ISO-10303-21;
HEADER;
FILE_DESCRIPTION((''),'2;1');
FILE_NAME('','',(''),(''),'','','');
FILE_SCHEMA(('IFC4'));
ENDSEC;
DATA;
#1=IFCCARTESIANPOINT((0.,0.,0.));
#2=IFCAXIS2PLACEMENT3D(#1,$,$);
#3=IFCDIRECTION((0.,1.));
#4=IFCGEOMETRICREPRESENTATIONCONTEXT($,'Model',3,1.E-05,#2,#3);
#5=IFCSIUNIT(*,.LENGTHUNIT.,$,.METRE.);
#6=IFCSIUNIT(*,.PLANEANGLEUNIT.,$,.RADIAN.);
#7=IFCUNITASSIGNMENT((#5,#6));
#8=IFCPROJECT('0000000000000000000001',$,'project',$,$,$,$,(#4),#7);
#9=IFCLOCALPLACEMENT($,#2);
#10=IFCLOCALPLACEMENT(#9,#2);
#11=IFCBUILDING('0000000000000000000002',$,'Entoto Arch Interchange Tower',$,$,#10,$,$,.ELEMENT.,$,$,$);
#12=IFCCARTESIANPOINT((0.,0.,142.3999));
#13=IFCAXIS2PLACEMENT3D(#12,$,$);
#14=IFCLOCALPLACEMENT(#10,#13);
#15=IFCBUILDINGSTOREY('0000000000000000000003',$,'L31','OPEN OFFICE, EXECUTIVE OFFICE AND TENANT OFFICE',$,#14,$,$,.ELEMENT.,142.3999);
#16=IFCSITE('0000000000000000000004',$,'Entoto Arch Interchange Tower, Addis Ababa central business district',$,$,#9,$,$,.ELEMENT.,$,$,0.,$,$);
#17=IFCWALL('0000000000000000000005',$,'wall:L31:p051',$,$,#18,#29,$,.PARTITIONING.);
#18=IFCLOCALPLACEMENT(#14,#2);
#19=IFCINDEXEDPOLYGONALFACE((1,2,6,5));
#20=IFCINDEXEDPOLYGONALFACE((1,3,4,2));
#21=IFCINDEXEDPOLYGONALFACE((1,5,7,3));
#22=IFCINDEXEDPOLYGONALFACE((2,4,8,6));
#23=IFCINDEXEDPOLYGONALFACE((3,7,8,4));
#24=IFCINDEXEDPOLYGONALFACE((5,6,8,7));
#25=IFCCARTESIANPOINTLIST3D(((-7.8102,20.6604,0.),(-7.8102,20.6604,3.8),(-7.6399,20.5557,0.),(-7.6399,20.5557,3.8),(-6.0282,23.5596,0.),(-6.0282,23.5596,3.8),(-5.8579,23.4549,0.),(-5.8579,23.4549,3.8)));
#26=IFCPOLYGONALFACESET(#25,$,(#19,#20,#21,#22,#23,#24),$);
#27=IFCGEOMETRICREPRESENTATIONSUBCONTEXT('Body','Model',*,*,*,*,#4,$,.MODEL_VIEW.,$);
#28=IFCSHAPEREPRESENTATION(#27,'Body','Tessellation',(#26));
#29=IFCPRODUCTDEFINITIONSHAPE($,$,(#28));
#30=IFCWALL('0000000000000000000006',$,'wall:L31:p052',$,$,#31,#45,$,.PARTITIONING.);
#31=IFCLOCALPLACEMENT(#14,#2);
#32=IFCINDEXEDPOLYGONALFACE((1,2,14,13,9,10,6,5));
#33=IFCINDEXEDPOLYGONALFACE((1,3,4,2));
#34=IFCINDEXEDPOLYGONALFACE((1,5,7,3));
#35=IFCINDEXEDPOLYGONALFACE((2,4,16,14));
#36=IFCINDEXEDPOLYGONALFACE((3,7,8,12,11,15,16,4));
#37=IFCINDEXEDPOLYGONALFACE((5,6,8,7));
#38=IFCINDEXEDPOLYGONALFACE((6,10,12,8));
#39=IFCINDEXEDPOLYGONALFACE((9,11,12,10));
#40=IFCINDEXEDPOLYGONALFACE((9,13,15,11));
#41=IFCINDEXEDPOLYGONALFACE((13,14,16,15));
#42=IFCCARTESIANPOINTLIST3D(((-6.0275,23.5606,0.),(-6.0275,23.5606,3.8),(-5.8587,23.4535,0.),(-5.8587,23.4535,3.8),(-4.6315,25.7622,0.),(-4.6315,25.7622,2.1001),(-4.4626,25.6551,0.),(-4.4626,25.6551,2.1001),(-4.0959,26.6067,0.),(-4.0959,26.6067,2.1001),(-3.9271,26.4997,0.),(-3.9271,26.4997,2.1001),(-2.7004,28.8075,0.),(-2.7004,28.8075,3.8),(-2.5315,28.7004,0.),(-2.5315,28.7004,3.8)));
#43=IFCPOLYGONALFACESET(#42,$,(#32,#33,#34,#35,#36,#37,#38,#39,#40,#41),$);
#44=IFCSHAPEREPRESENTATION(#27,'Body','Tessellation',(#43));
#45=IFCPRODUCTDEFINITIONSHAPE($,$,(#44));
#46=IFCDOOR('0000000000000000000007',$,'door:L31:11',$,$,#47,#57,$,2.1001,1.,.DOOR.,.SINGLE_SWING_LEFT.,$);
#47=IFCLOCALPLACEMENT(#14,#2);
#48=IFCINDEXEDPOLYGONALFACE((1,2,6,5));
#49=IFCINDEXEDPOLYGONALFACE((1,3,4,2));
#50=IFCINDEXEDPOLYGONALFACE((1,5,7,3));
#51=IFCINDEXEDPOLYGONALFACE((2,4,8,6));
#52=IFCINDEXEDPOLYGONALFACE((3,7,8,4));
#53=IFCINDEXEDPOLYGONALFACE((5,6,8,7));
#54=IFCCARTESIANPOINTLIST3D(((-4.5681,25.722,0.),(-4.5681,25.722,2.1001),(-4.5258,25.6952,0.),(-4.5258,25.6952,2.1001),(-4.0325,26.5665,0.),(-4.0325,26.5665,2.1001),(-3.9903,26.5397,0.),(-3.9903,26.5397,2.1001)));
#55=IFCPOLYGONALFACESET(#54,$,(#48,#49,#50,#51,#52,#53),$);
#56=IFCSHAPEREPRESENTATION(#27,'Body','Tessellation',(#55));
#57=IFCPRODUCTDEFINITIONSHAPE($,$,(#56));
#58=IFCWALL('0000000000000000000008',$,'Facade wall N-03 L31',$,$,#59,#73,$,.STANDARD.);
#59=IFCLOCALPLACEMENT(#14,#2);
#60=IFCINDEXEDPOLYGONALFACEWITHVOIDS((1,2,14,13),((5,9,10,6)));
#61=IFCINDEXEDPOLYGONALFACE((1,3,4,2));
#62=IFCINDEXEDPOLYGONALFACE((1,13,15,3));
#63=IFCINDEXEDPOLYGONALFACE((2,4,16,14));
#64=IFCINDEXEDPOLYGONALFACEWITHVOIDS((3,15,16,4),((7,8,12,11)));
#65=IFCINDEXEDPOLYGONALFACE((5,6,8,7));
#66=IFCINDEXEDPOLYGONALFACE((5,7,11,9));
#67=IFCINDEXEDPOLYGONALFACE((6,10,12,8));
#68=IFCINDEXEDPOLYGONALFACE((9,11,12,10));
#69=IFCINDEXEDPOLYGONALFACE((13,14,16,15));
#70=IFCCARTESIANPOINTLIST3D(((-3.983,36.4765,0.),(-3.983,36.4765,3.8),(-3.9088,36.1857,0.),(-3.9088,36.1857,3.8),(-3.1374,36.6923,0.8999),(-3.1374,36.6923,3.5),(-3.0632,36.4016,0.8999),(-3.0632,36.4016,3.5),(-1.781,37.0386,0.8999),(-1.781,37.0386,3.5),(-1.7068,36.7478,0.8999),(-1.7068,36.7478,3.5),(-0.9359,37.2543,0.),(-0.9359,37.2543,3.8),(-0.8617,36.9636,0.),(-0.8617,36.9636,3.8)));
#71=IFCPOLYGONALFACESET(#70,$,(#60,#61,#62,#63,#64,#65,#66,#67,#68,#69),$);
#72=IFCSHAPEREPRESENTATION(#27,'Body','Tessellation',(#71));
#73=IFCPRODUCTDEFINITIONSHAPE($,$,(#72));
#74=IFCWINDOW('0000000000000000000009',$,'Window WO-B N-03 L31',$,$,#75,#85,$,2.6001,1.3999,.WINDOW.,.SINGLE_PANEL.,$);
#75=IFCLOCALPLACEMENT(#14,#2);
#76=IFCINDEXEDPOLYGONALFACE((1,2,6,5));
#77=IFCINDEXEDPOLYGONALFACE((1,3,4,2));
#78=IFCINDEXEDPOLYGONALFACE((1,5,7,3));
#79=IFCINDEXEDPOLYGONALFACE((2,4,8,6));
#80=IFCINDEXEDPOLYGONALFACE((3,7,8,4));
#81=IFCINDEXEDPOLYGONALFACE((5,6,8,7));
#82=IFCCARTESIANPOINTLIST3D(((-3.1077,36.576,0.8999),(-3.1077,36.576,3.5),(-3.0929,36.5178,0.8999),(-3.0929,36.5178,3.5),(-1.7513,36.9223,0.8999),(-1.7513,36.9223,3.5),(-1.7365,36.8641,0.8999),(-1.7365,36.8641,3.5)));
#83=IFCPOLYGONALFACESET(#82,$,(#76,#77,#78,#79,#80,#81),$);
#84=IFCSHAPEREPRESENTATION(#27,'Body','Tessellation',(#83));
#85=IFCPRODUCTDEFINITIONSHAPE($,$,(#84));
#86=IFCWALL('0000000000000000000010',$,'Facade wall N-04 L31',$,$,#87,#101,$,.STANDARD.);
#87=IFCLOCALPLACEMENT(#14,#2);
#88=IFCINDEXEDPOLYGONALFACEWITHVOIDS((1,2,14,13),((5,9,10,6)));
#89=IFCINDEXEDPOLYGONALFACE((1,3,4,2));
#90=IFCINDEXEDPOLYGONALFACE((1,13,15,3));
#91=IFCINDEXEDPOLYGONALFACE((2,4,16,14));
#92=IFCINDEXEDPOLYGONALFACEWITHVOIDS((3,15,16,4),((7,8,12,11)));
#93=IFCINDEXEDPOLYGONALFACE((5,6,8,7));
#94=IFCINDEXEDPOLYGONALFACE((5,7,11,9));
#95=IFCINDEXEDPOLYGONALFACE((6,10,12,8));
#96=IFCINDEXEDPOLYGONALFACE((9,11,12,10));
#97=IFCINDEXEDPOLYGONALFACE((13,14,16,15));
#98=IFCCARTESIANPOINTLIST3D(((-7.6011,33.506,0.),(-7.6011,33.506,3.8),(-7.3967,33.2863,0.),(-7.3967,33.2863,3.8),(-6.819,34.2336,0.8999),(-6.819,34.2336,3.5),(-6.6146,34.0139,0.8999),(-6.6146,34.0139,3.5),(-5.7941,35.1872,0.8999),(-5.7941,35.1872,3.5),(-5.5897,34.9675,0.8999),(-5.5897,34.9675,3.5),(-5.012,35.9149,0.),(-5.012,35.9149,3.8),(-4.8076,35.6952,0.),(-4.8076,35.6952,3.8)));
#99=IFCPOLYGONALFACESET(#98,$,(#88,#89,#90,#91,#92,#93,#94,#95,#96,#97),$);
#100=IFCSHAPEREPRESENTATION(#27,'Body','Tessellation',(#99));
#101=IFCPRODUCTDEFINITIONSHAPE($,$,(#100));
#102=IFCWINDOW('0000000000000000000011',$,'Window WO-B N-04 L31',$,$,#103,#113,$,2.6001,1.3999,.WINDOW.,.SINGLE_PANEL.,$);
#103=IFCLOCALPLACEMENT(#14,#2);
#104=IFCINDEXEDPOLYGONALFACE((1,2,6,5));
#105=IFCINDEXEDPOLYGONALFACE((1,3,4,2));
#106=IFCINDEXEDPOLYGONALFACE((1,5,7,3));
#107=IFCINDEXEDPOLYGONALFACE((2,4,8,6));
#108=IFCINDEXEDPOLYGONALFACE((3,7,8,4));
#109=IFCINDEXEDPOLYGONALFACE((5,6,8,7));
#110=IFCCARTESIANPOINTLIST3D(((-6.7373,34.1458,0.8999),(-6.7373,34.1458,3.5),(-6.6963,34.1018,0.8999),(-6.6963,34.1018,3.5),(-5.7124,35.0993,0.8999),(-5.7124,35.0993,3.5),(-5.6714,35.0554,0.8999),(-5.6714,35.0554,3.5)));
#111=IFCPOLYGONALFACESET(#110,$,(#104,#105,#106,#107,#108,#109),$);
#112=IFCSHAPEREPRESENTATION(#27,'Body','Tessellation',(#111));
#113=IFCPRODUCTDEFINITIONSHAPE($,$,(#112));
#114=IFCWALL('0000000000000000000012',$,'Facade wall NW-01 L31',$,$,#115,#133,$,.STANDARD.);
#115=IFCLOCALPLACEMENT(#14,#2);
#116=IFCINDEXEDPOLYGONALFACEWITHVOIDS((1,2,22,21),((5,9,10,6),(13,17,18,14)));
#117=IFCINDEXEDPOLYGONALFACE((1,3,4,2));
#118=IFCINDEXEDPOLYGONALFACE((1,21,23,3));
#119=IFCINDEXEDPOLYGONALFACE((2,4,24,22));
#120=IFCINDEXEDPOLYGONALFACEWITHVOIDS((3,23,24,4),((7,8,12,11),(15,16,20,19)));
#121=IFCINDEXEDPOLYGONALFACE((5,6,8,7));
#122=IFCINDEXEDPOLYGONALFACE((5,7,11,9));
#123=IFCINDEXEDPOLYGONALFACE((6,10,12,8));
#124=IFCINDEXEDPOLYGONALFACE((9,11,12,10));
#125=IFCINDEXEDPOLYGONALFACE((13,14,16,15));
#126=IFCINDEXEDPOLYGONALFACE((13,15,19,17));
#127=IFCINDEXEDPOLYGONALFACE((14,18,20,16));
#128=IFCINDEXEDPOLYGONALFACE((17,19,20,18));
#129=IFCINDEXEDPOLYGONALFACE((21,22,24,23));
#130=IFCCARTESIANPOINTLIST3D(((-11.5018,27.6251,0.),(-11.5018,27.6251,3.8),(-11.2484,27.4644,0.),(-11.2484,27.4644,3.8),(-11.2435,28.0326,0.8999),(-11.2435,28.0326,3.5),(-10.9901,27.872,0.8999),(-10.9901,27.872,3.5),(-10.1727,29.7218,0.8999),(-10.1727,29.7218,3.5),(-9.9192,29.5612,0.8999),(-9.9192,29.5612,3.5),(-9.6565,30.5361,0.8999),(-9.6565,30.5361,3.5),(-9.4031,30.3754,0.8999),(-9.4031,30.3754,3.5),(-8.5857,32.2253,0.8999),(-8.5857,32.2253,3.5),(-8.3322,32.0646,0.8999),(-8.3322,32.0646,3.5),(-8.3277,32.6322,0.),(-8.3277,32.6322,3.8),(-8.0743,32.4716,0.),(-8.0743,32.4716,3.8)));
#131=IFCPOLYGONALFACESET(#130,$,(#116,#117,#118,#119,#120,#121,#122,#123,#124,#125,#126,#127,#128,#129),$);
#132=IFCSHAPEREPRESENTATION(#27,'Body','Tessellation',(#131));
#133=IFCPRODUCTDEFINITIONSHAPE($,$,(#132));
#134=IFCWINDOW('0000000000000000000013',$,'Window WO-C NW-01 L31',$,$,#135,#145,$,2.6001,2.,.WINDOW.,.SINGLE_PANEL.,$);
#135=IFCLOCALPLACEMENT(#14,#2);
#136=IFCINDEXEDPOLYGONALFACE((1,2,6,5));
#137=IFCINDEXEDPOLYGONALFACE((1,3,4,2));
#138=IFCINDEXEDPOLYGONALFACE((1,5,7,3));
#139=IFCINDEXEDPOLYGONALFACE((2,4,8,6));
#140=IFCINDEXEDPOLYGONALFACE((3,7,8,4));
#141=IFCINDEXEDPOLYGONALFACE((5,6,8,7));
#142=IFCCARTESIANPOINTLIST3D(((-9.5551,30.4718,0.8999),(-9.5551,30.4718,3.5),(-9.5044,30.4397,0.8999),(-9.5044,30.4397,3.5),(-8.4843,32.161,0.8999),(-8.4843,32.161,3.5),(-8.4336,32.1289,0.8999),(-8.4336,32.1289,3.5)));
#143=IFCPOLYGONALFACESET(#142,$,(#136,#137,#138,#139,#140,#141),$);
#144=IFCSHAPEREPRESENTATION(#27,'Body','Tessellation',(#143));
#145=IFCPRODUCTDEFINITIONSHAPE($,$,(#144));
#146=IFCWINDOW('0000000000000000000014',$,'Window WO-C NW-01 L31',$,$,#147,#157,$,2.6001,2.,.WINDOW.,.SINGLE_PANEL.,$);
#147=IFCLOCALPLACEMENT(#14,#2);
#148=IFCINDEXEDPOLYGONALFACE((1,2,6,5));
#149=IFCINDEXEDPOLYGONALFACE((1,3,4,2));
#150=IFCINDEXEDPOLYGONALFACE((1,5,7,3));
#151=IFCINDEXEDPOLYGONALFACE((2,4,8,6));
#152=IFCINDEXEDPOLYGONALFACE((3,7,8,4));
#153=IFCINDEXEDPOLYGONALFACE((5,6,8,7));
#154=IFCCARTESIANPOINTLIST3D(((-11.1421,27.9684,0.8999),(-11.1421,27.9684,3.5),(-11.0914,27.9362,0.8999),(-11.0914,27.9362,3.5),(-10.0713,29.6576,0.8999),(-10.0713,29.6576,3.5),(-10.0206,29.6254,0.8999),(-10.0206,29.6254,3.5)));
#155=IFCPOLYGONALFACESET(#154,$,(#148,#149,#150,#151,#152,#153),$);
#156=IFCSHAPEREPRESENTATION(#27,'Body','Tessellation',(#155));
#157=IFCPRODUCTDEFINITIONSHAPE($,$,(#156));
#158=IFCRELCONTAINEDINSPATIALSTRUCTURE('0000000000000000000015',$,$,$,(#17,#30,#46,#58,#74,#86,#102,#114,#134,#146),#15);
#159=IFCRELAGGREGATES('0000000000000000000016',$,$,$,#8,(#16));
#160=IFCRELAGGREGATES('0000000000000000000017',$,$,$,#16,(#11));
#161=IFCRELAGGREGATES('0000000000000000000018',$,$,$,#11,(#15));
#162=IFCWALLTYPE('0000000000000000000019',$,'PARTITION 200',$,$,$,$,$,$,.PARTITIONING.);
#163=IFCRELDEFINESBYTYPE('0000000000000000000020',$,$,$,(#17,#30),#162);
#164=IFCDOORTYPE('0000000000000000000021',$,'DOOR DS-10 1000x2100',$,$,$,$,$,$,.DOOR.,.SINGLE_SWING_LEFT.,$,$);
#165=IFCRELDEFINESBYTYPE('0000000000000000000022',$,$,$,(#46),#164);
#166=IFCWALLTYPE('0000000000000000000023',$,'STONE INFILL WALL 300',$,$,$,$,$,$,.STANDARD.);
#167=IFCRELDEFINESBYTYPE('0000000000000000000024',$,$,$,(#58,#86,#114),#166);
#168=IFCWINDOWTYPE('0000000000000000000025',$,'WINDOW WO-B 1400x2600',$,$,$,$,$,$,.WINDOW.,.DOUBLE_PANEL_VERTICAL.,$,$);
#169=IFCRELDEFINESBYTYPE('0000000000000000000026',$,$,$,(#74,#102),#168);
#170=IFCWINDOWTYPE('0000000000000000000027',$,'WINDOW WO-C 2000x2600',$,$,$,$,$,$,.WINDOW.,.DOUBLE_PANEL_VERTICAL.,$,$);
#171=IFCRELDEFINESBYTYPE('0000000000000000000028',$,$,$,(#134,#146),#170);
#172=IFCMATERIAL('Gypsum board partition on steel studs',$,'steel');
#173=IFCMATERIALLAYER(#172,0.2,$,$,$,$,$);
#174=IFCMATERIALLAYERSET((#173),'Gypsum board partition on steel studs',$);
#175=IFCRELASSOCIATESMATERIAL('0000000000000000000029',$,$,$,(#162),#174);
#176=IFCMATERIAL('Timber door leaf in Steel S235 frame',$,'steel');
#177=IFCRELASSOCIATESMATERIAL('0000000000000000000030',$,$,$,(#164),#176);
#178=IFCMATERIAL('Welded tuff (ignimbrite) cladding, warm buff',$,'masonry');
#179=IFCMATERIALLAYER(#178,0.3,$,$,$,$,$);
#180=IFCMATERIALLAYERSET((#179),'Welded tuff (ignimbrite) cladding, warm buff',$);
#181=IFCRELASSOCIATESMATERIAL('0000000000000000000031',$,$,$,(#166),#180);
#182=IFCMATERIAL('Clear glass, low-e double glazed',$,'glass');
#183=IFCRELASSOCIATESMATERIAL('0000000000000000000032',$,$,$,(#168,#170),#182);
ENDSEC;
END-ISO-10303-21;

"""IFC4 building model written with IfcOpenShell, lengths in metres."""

from ifc_helpers import new_model, si_unit, direction, frame, frame_2d, origin, place, context, subcontext, project, spatial, rectangle, extrude, material, layer, layer_set, type_object, element, fill, save


model = new_model("IFC4")

# Units and contexts
model_context = context("Model", 3, precision=1e-05, world=origin(), true_north=direction((0.0, 1.0)))
body_context = subcontext(model_context, "Body", "Model", "MODEL_VIEW")
ifc_project = project(units=[si_unit("LENGTHUNIT", "METRE"), si_unit("PLANEANGLEUNIT", "RADIAN")], contexts=[model_context])

# Site, building, storey
site_placement = place(None, origin())
site = spatial("IfcSite", under=ifc_project, at=site_placement, Name="Entoto Arch Interchange Tower, Addis Ababa central business district", CompositionType="ELEMENT", RefElevation=0.0)
building_placement = place(site_placement, origin())
building = spatial("IfcBuilding", under=site, at=building_placement, Name="Entoto Arch Interchange Tower", CompositionType="ELEMENT")
storey_placement = place(building_placement, frame((0.0, 0.0, 142.3999)))
storey = spatial("IfcBuildingStorey", under=building, at=storey_placement, Name="L31", Description="OPEN OFFICE, EXECUTIVE OFFICE AND TENANT OFFICE", CompositionType="ELEMENT", Elevation=142.3999)

# Shared definitions
ifc_material_1 = material(Name="Gypsum board partition on steel studs", Category="steel")
ifc_layer_1 = layer(ifc_material_1, 0.2)
ifc_layer_set_1 = layer_set([ifc_layer_1], Name="Gypsum board partition on steel studs")
wall_type_1 = type_object("IfcWallType", Name="PARTITION 200", PredefinedType="PARTITIONING", material=ifc_layer_set_1)

# Shared definitions
ifc_material_2 = material(Name="Timber door leaf in Steel S235 frame", Category="steel")
door_type = type_object("IfcDoorType", Name="DOOR DS-10 1000x2100", OperationType="SINGLE_SWING_LEFT", PredefinedType="DOOR", material=ifc_material_2)

# Wall
wall_1_placement = place(storey_placement, frame((-7.7251, 20.6079, 0.0), z_axis=(0.0, 0.0, 1.0), x_axis=(0.523645, 0.851937, 0.0)))
element("IfcWall", 1, at=wall_1_placement, inside=storey, type_object=wall_type_1, Name="wall:L31:p051", PredefinedType="PARTITIONING", context=body_context, shape_type="SweptSolid", body=[
    extrude(rectangle(XDim=3.4031, YDim=0.2, at=frame_2d((1.7017, 0.0))), origin(), (0.0, 0.0, 1.0), 3.8),
])

# Wall, opening, door
wall_2_placement = place(storey_placement, frame((-5.9431, 23.5071, 0.0), z_axis=(0.0, 0.0, 1.0), x_axis=(0.53553, 0.844516, 0.0)))
wall_2 = element("IfcWall", 2, at=wall_2_placement, inside=storey, type_object=wall_type_1, Name="wall:L31:p052", PredefinedType="PARTITIONING", context=body_context, shape_type="SweptSolid", body=[
    extrude(rectangle(XDim=6.2129, YDim=0.2, at=frame_2d((3.1064, 0.0))), origin(), (0.0, 0.0, 1.0), 3.8),
])
opening_1_placement = place(wall_2_placement, frame((2.6069, 0.0, 0.0)))
opening_1 = element("IfcOpeningElement", 3, at=opening_1_placement, cuts=wall_2, PredefinedType="OPENING", context=body_context, shape_type="SweptSolid", body=[
    extrude(rectangle(XDim=1.0, YDim=2.1001, at=frame_2d((0.5, 1.05))), frame((0.0, 0.1099, 0.0), z_axis=(0.0, -1.0, 0.0), x_axis=(1.0, 0.0, 0.0)), (0.0, 0.0, 1.0), 0.22),
])
door_1_placement = place(opening_1_placement, origin())
door_1 = element("IfcDoor", 4, at=door_1_placement, inside=storey, type_object=door_type, Name="door:L31:11", OperationType="SINGLE_SWING_LEFT", OverallHeight=2.1001, OverallWidth=1.0, PredefinedType="DOOR", context=body_context, shape_type="SweptSolid", body=[
    extrude(rectangle(XDim=1.0, YDim=2.1001, at=frame_2d((0.5, 1.05))), frame((0.0, 0.0249, 0.0), z_axis=(0.0, -1.0, 0.0), x_axis=(1.0, 0.0, 0.0)), (0.0, 0.0, 1.0), 0.05),
])
fill(opening_1, door_1)

# Walls, openings, windows
ifc_material_3 = material(Name="Welded tuff (ignimbrite) cladding, warm buff", Category="masonry")
ifc_layer_2 = layer(ifc_material_3, 0.3)
ifc_layer_set_2 = layer_set([ifc_layer_2], Name="Welded tuff (ignimbrite) cladding, warm buff")
wall_type_2 = type_object("IfcWallType", Name="STONE INFILL WALL 300", PredefinedType="STANDARD", material=ifc_layer_set_2)
wall_3_placement = place(storey_placement, frame((-0.8989, 37.1089, 0.0), z_axis=(0.0, 0.0, 1.0), x_axis=(-0.96893, -0.247337, 0.0)))
wall_3 = element("IfcWall", 5, at=wall_3_placement, inside=storey, type_object=wall_type_2, Name="Facade wall N-03 L31", PredefinedType="STANDARD", context=body_context, shape_type="SweptSolid", body=[
    extrude(rectangle(XDim=3.1448, YDim=0.3, at=frame_2d((1.5723, 0.0))), origin(), (0.0, 0.0, 1.0), 3.8),
])
opening_2_placement = place(wall_3_placement, frame((0.8721, 0.0, 0.8999)))
opening_2 = element("IfcOpeningElement", 6, at=opening_2_placement, cuts=wall_3, PredefinedType="OPENING", context=body_context, shape_type="SweptSolid", body=[
    extrude(rectangle(XDim=1.3999, YDim=2.6001, at=frame_2d((0.7, 1.3))), frame((0.0, 0.1602, 0.0), z_axis=(0.0, -1.0, 0.0), x_axis=(1.0, 0.0, 0.0)), (0.0, 0.0, 1.0), 0.3201),
])
ifc_material_4 = material(Name="Clear glass, low-e double glazed", Category="glass")
window_type_1 = type_object("IfcWindowType", Name="WINDOW WO-B 1400x2600", PartitioningType="DOUBLE_PANEL_VERTICAL", PredefinedType="WINDOW", material=ifc_material_4)
window_1_placement = place(opening_2_placement, origin())
window_1 = element("IfcWindow", 7, at=window_1_placement, inside=storey, type_object=window_type_1, Name="Window WO-B N-03 L31", OverallHeight=2.6001, OverallWidth=1.3999, PartitioningType="SINGLE_PANEL", PredefinedType="WINDOW", context=body_context, shape_type="SweptSolid", body=[
    extrude(rectangle(XDim=1.3999, YDim=2.6001, at=frame_2d((0.7, 1.3))), frame((0.0, 0.03, 0.0), z_axis=(0.0, -1.0, 0.0), x_axis=(1.0, 0.0, 0.0)), (0.0, 0.0, 1.0), 0.0601),
])
fill(opening_2, window_1)
wall_4_placement = place(storey_placement, frame((-4.9099, 35.8049, 0.0), z_axis=(0.0, 0.0, 1.0), x_axis=(-0.732122, -0.681174, 0.0)))
wall_4 = element("IfcWall", 8, at=wall_4_placement, inside=storey, type_object=wall_type_2, Name="Facade wall N-04 L31", PredefinedType="STANDARD", context=body_context, shape_type="SweptSolid", body=[
    extrude(rectangle(XDim=3.5364, YDim=0.3, at=frame_2d((1.7681, 0.0))), origin(), (0.0, 0.0, 1.0), 3.8),
])
opening_3_placement = place(wall_4_placement, frame((1.0681, 0.0, 0.8999)))
opening_3 = element("IfcOpeningElement", 9, at=opening_3_placement, cuts=wall_4, PredefinedType="OPENING", context=body_context, shape_type="SweptSolid", body=[
    extrude(rectangle(XDim=1.3999, YDim=2.6001, at=frame_2d((0.7, 1.3))), frame((0.0, 0.1602, 0.0), z_axis=(0.0, -1.0, 0.0), x_axis=(1.0, 0.0, 0.0)), (0.0, 0.0, 1.0), 0.3201),
])
window_2_placement = place(opening_3_placement, origin())
window_2 = element("IfcWindow", 10, at=window_2_placement, inside=storey, type_object=window_type_1, Name="Window WO-B N-04 L31", OverallHeight=2.6001, OverallWidth=1.3999, PartitioningType="SINGLE_PANEL", PredefinedType="WINDOW", context=body_context, shape_type="SweptSolid", body=[
    extrude(rectangle(XDim=1.3999, YDim=2.6001, at=frame_2d((0.7, 1.3))), frame((0.0, 0.03, 0.0), z_axis=(0.0, -1.0, 0.0), x_axis=(1.0, 0.0, 0.0)), (0.0, 0.0, 1.0), 0.0601),
])
fill(opening_3, window_2)

# Wall, openings, windows
wall_5_placement = place(storey_placement, frame((-8.2009, 32.552, 0.0), z_axis=(0.0, 0.0, 1.0), x_axis=(-0.535404, -0.844596, 0.0)))
wall_5 = element("IfcWall", 11, at=wall_5_placement, inside=storey, type_object=wall_type_2, Name="Facade wall NW-01 L31", PredefinedType="STANDARD", context=body_context, shape_type="SweptSolid", body=[
    extrude(rectangle(XDim=5.9285, YDim=0.3, at=frame_2d((2.9644, 0.0))), origin(), (0.0, 0.0, 1.0), 3.8),
])
opening_4_placement = place(wall_5_placement, frame((0.4819, 0.0, 0.8999)))
opening_4 = element("IfcOpeningElement", 12, at=opening_4_placement, cuts=wall_5, PredefinedType="OPENING", context=body_context, shape_type="SweptSolid", body=[
    extrude(rectangle(XDim=2.0, YDim=2.6001, at=frame_2d((1.0, 1.3))), frame((0.0, 0.1602, 0.0), z_axis=(0.0, -1.0, 0.0), x_axis=(1.0, 0.0, 0.0)), (0.0, 0.0, 1.0), 0.3201),
])
opening_5_placement = place(wall_5_placement, frame((3.446, 0.0, 0.8999)))
opening_5 = element("IfcOpeningElement", 13, at=opening_5_placement, cuts=wall_5, PredefinedType="OPENING", context=body_context, shape_type="SweptSolid", body=[
    extrude(rectangle(XDim=2.0, YDim=2.6001, at=frame_2d((1.0, 1.3))), frame((0.0, 0.1602, 0.0), z_axis=(0.0, -1.0, 0.0), x_axis=(1.0, 0.0, 0.0)), (0.0, 0.0, 1.0), 0.3201),
])
window_type_2 = type_object("IfcWindowType", Name="WINDOW WO-C 2000x2600", PartitioningType="DOUBLE_PANEL_VERTICAL", PredefinedType="WINDOW", material=ifc_material_4)
window_3_placement = place(opening_4_placement, origin())
window_3 = element("IfcWindow", 14, at=window_3_placement, inside=storey, type_object=window_type_2, Name="Window WO-C NW-01 L31", OverallHeight=2.6001, OverallWidth=2.0, PartitioningType="SINGLE_PANEL", PredefinedType="WINDOW", context=body_context, shape_type="SweptSolid", body=[
    extrude(rectangle(XDim=2.0, YDim=2.6001, at=frame_2d((1.0, 1.3))), frame((0.0, 0.03, 0.0), z_axis=(0.0, -1.0, 0.0), x_axis=(1.0, 0.0, 0.0)), (0.0, 0.0, 1.0), 0.0601),
])
fill(opening_4, window_3)
window_4_placement = place(opening_5_placement, origin())
window_4 = element("IfcWindow", 15, at=window_4_placement, inside=storey, type_object=window_type_2, Name="Window WO-C NW-01 L31", OverallHeight=2.6001, OverallWidth=2.0, PartitioningType="SINGLE_PANEL", PredefinedType="WINDOW", context=body_context, shape_type="SweptSolid", body=[
    extrude(rectangle(XDim=2.0, YDim=2.6001, at=frame_2d((1.0, 1.3))), frame((0.0, 0.03, 0.0), z_axis=(0.0, -1.0, 0.0), x_axis=(1.0, 0.0, 0.0)), (0.0, 0.0, 1.0), 0.0601),
])
fill(opening_5, window_4)

save(model, "model.ifc")
